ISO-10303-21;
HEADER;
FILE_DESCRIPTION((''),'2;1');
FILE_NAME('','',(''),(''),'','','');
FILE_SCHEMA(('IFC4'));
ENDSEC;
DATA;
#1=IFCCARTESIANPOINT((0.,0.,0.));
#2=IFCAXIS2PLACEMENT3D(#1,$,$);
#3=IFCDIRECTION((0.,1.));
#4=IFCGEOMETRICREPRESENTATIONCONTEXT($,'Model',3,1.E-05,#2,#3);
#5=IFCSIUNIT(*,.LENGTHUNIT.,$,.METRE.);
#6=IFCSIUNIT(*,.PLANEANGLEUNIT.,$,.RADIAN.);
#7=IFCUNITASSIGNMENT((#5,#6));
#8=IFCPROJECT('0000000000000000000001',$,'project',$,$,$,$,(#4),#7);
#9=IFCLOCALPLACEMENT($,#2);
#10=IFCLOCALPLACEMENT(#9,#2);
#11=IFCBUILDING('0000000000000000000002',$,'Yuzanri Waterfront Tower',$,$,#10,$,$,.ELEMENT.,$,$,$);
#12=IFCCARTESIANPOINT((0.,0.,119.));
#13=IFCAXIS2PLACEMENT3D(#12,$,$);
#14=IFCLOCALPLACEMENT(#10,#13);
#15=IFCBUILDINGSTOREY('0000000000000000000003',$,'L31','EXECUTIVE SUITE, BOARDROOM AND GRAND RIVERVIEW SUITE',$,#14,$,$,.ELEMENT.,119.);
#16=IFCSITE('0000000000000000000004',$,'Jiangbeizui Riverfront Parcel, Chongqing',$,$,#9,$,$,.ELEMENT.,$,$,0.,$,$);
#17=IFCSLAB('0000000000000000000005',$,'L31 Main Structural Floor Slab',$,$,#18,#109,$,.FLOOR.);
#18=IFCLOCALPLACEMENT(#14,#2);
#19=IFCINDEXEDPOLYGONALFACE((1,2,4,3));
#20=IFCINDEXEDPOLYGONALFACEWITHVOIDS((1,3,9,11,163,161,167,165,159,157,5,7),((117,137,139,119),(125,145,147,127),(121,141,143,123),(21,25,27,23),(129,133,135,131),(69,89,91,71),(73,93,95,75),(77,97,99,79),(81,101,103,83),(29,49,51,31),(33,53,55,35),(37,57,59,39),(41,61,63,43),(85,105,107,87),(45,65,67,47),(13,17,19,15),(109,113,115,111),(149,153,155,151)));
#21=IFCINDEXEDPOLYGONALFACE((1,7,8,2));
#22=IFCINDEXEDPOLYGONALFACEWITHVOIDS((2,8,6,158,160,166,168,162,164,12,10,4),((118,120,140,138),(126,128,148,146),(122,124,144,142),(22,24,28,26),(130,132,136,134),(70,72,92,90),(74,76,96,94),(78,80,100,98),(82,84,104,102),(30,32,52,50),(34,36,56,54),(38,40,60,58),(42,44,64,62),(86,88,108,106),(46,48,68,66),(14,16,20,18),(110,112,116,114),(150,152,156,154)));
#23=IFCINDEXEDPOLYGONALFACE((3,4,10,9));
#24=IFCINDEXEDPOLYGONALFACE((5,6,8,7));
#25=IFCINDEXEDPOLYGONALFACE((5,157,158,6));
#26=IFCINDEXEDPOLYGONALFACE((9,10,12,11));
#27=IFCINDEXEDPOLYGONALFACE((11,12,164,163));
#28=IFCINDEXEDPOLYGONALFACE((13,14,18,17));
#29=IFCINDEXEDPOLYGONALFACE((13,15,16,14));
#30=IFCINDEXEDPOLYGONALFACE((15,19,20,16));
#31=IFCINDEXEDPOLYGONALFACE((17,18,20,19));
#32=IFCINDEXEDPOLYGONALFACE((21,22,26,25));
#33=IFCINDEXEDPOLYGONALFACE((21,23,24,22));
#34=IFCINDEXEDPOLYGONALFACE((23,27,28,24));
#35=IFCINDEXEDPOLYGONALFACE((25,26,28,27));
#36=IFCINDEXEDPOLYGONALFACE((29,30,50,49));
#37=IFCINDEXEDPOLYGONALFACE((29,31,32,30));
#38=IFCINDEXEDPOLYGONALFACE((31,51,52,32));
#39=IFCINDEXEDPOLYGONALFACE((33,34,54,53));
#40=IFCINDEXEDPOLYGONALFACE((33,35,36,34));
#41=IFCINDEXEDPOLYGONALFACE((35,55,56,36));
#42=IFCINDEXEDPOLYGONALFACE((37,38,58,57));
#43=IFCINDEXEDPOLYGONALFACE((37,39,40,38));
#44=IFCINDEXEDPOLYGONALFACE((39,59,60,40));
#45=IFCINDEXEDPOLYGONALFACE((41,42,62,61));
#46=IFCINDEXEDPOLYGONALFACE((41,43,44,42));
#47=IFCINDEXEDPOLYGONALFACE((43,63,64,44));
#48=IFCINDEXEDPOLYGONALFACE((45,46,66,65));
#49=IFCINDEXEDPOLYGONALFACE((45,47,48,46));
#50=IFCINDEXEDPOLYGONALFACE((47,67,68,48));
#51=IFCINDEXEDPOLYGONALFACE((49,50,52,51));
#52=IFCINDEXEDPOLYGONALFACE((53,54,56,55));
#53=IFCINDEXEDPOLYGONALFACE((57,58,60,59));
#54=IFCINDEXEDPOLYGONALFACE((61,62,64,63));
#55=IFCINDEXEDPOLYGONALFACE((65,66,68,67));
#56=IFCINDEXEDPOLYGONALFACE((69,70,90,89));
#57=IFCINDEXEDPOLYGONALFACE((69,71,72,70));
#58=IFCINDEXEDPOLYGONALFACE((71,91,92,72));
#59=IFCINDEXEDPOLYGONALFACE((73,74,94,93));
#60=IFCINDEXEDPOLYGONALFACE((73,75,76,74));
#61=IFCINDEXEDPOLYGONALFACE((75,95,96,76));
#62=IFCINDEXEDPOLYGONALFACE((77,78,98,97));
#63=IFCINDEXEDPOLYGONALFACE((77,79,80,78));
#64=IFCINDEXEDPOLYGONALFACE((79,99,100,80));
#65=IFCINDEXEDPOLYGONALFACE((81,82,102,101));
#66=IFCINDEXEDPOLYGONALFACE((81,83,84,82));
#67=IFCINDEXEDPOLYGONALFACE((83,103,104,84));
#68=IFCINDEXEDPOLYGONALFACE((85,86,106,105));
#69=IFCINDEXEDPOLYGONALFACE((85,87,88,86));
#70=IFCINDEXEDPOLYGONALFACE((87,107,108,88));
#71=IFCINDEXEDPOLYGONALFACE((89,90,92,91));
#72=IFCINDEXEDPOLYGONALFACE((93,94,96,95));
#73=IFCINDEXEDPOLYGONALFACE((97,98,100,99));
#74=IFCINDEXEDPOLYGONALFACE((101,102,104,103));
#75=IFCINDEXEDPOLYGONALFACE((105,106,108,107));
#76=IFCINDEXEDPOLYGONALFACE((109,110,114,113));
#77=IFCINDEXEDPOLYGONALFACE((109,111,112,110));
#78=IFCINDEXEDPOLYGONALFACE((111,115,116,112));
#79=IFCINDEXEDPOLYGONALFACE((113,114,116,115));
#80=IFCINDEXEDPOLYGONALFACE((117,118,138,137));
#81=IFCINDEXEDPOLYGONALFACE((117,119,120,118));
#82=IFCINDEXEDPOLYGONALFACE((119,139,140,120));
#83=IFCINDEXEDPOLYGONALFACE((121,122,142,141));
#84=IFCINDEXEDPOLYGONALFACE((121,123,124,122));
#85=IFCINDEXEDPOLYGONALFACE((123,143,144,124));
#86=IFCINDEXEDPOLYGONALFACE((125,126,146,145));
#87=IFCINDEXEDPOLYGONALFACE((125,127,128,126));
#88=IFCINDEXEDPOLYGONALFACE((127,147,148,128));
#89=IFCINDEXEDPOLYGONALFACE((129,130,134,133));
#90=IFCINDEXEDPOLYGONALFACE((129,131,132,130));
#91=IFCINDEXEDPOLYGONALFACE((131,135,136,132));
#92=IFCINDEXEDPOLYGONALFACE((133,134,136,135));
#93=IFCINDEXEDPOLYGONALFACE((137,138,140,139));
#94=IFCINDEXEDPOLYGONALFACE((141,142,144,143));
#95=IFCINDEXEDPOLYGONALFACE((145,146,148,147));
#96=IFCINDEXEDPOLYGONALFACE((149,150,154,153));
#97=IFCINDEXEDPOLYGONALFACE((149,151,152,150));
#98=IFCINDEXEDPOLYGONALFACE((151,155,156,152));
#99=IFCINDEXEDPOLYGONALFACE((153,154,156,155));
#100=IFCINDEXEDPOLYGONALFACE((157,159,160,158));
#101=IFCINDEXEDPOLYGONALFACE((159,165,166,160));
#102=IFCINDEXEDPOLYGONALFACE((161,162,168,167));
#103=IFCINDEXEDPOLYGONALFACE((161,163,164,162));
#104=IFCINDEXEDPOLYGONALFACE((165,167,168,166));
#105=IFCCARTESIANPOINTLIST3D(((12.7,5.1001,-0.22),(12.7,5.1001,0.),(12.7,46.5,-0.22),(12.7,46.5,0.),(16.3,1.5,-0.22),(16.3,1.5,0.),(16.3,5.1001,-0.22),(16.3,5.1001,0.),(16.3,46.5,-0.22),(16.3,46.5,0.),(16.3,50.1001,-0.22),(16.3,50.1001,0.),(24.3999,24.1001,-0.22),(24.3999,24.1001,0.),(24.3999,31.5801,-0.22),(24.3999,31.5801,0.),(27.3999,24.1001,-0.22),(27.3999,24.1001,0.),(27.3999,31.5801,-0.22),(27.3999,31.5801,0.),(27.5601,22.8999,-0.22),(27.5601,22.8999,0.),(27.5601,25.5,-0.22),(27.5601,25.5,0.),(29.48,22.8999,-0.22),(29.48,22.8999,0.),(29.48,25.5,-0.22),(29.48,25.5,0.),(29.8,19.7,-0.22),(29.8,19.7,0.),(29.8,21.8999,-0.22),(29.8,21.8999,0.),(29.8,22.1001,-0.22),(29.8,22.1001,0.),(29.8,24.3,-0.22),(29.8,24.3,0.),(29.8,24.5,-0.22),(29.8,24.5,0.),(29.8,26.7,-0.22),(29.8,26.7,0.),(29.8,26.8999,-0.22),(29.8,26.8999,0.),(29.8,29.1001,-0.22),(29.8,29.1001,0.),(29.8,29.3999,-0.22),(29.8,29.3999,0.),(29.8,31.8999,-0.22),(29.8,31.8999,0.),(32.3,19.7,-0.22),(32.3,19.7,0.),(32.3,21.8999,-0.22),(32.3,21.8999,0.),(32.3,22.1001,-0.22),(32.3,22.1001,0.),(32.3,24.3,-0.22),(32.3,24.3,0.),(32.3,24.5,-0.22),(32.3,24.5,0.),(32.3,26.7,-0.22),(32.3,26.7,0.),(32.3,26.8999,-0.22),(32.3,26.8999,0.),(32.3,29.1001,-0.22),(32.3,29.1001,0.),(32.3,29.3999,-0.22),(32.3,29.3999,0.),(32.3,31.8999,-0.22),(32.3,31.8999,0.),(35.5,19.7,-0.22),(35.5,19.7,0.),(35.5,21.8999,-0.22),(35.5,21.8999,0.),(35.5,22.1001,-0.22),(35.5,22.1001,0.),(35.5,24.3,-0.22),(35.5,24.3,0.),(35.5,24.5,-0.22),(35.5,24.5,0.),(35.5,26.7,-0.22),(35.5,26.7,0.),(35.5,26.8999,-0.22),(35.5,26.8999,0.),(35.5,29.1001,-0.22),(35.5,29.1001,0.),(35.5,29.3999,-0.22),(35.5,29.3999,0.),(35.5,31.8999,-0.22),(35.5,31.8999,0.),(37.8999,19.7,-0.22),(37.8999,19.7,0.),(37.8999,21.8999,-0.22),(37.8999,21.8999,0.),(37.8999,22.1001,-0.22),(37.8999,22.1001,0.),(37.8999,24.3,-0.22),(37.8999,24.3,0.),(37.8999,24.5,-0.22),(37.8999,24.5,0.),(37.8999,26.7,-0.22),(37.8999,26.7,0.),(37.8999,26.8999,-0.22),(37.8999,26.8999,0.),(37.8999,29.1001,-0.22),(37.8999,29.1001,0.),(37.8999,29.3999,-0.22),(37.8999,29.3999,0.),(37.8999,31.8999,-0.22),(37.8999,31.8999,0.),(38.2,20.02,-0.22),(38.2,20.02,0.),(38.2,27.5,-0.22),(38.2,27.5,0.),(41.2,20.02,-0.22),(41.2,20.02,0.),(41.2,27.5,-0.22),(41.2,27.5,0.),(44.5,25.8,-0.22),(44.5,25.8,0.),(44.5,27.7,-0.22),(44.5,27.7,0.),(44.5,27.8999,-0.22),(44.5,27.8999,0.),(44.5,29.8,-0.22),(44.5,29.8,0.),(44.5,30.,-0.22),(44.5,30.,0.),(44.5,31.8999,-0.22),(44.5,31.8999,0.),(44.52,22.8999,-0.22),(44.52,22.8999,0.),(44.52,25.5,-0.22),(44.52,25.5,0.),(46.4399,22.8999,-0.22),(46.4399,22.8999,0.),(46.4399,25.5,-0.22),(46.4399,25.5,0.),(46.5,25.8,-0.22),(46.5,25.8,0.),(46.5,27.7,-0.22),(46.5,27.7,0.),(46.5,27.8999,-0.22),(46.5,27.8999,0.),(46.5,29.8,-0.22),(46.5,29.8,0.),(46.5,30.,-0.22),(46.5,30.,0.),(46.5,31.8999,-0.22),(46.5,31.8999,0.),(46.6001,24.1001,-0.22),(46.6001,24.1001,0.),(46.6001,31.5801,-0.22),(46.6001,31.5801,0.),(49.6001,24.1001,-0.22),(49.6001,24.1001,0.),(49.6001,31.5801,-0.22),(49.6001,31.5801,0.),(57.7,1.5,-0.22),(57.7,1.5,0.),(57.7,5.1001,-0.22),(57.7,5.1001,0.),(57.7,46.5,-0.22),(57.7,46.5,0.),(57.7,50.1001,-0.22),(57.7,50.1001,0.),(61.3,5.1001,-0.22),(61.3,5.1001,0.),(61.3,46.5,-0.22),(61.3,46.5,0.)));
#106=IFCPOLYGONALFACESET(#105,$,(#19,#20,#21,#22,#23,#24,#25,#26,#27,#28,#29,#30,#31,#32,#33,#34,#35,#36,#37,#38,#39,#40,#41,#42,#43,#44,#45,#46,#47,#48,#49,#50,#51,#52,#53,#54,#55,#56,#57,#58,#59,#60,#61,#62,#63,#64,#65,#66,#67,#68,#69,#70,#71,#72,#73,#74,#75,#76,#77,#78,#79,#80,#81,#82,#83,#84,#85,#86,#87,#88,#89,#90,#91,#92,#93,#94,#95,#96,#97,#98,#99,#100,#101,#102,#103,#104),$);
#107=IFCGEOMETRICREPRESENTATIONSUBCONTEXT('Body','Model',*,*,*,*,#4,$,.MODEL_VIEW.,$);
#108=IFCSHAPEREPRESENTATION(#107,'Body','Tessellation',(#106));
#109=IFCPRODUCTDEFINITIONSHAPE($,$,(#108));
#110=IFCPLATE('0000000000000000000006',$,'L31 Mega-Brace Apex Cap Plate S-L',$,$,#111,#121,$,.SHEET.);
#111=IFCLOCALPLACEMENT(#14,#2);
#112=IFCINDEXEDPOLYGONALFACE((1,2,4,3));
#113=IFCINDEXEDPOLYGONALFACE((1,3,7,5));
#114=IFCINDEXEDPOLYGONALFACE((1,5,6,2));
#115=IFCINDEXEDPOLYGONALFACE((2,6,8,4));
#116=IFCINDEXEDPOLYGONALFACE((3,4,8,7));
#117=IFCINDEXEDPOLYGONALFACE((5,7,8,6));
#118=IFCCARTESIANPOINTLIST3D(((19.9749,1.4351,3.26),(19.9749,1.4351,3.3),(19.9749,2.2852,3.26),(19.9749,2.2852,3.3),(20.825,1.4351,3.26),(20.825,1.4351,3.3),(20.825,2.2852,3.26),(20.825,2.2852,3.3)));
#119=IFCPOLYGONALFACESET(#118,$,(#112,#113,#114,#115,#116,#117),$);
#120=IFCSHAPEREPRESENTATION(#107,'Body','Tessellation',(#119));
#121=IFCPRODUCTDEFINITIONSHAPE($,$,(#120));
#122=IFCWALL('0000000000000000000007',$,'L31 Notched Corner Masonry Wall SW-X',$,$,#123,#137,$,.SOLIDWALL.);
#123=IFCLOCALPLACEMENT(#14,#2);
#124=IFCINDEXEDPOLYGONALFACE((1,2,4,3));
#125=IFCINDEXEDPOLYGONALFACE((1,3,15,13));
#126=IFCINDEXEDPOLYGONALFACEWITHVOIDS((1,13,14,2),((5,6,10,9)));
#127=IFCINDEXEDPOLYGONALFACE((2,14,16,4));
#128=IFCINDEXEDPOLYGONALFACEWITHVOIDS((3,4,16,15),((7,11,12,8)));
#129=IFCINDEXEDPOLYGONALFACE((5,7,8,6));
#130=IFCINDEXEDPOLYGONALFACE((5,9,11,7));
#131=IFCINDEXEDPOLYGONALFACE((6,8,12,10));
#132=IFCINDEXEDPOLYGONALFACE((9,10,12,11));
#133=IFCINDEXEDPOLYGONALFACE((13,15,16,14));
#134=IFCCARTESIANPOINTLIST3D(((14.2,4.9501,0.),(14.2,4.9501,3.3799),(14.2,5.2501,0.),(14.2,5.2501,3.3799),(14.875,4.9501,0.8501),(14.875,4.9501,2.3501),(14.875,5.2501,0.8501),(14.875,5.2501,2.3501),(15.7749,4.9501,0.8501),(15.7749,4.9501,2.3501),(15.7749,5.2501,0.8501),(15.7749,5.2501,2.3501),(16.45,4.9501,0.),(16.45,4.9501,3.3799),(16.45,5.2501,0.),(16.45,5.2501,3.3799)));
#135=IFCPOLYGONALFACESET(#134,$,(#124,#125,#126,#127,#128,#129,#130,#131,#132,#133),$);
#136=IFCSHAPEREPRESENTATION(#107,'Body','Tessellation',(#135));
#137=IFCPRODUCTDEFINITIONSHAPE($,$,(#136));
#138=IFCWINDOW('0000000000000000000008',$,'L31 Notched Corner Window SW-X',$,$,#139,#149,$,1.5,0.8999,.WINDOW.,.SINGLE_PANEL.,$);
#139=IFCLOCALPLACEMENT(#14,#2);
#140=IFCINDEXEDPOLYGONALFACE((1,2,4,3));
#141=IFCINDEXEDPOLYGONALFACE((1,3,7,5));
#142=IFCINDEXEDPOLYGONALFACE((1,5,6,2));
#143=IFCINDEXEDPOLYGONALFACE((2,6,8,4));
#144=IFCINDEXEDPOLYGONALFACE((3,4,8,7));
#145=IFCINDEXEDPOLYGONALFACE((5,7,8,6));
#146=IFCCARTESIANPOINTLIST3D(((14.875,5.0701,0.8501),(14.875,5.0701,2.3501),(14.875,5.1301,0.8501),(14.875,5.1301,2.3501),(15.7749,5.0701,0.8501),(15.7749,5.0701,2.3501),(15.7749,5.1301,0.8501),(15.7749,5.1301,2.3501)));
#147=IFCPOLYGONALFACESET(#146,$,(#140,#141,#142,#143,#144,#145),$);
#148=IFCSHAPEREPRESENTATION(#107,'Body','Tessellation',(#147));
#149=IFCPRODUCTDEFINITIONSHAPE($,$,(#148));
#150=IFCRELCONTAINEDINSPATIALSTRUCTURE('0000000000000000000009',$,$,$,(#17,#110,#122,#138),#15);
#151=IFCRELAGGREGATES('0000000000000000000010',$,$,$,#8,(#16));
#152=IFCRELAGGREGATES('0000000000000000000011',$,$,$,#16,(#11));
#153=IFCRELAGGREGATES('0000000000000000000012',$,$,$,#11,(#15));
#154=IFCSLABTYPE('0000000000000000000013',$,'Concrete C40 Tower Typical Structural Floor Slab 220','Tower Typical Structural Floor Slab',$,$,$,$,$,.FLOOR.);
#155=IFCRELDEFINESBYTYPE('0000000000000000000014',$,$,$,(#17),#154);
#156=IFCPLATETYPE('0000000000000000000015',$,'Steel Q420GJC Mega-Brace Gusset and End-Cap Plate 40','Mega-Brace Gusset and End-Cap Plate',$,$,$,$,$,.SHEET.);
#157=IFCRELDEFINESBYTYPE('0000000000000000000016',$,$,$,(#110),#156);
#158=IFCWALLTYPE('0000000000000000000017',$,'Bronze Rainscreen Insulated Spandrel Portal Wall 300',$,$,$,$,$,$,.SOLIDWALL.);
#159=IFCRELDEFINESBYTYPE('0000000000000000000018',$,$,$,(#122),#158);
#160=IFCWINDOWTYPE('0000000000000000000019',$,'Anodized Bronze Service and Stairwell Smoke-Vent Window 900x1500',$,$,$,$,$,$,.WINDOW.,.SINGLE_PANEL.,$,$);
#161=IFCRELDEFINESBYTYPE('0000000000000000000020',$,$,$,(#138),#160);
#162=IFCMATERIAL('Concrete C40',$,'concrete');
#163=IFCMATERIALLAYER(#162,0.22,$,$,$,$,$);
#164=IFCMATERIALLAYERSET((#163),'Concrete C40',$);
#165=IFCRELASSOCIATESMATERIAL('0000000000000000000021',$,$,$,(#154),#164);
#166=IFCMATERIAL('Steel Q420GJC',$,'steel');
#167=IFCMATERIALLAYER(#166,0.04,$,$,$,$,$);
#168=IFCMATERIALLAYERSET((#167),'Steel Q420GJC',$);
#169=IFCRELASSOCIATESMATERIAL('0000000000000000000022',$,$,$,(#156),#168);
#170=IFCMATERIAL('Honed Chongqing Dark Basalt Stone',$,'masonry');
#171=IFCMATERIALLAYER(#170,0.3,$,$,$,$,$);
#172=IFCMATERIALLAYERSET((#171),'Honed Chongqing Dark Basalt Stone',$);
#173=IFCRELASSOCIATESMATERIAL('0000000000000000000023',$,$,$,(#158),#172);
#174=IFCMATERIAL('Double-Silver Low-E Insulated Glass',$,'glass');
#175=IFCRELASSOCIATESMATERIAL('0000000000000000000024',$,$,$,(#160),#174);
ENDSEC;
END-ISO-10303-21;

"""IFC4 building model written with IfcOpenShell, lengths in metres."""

from ifc_helpers import new_model, si_unit, direction, frame, frame_2d, origin, origin_2d, place, context, subcontext, project, spatial, polyline, rectangle, outline, extrude, source, transform, mapped, material, layer, layer_set, type_object, element, fill, save


model = new_model("IFC4")

# Units and contexts
model_context = context("Model", 3, precision=1e-05, world=origin(), true_north=direction((0.0, 1.0)))
body_context = subcontext(model_context, "Body", "Model", "MODEL_VIEW")
ifc_project = project(units=[si_unit("LENGTHUNIT", "METRE"), si_unit("PLANEANGLEUNIT", "RADIAN")], contexts=[model_context])

# Site, building, storey
site_placement = place(None, origin())
site = spatial("IfcSite", under=ifc_project, at=site_placement, Name="Jiangbeizui Riverfront Parcel, Chongqing", CompositionType="ELEMENT", RefElevation=0.0)
building_placement = place(site_placement, origin())
building = spatial("IfcBuilding", under=site, at=building_placement, Name="Yuzanri Waterfront Tower", CompositionType="ELEMENT")
storey_placement = place(building_placement, frame((0.0, 0.0, 119.0)))
storey = spatial("IfcBuildingStorey", under=building, at=storey_placement, Name="L31", Description="EXECUTIVE SUITE, BOARDROOM AND GRAND RIVERVIEW SUITE", CompositionType="ELEMENT", Elevation=119.0)

# Slab
ifc_material_1 = material(Name="Concrete C40", Category="concrete")
ifc_layer_1 = layer(ifc_material_1, 0.22)
ifc_layer_set_1 = layer_set([ifc_layer_1], Name="Concrete C40")
slab_type_1 = type_object("IfcSlabType", Name="Concrete C40 Tower Typical Structural Floor Slab 220", Description="Tower Typical Structural Floor Slab", PredefinedType="FLOOR", material=ifc_layer_set_1)
slab_1_placement = place(storey_placement, frame((0.0, 0.0, -0.22)))
element("IfcSlab", 1, at=slab_1_placement, inside=storey, type_object=slab_type_1, Name="L31 Main Structural Floor Slab", PredefinedType="FLOOR", context=body_context, shape_type="SweptSolid", body=[
    extrude(outline(polyline([(16.3, 1.5), (57.7, 1.5), (57.7, 5.1001), (61.3, 5.1001), (61.3, 46.5), (57.7, 46.5), (57.7, 50.1001), (16.3, 50.1001), (16.3, 46.5), (12.7, 46.5), (12.7, 5.1001), (16.3, 5.1001), (16.3, 1.5)]), holes=[polyline([(27.3999, 24.1001), (27.3999, 31.5801), (24.3999, 31.5801), (24.3999, 24.1001), (27.3999, 24.1001)]), polyline([(49.6001, 24.1001), (49.6001, 31.5801), (46.6001, 31.5801), (46.6001, 24.1001), (49.6001, 24.1001)]), polyline([(38.2, 27.5), (38.2, 20.02), (41.2, 20.02), (41.2, 27.5), (38.2, 27.5)]), polyline([(27.5601, 22.8999), (29.48, 22.8999), (29.48, 25.5), (27.5601, 25.5), (27.5601, 22.8999)]), polyline([(44.52, 22.8999), (46.4399, 22.8999), (46.4399, 25.5), (44.52, 25.5), (44.52, 22.8999)]), polyline([(29.8, 19.7), (32.3, 19.7), (32.3, 21.8999), (29.8, 21.8999), (29.8, 19.7)]), polyline([(29.8, 22.1001), (32.3, 22.1001), (32.3, 24.3), (29.8, 24.3), (29.8, 22.1001)]), polyline([(29.8, 24.5), (32.3, 24.5), (32.3, 26.7), (29.8, 26.7), (29.8, 24.5)]), polyline([(29.8, 26.8999), (32.3, 26.8999), (32.3, 29.1001), (29.8, 29.1001), (29.8, 26.8999)]), polyline([(29.8, 29.3999), (32.3, 29.3999), (32.3, 31.8999), (29.8, 31.8999), (29.8, 29.3999)]), polyline([(35.5, 19.7), (37.8999, 19.7), (37.8999, 21.8999), (35.5, 21.8999), (35.5, 19.7)]), polyline([(35.5, 22.1001), (37.8999, 22.1001), (37.8999, 24.3), (35.5, 24.3), (35.5, 22.1001)]), polyline([(35.5, 24.5), (37.8999, 24.5), (37.8999, 26.7), (35.5, 26.7), (35.5, 24.5)]), polyline([(35.5, 26.8999), (37.8999, 26.8999), (37.8999, 29.1001), (35.5, 29.1001), (35.5, 26.8999)]), polyline([(35.5, 29.3999), (37.8999, 29.3999), (37.8999, 31.8999), (35.5, 31.8999), (35.5, 29.3999)]), polyline([(44.5, 25.8), (46.5, 25.8), (46.5, 27.7), (44.5, 27.7), (44.5, 25.8)]), polyline([(44.5, 27.8999), (46.5, 27.8999), (46.5, 29.8), (44.5, 29.8), (44.5, 27.8999)]), polyline([(44.5, 30.0), (46.5, 30.0), (46.5, 31.8999), (44.5, 31.8999), (44.5, 30.0)])]), origin(), (0.0, 0.0, 1.0), 0.22),
])

# Plate
ifc_material_2 = material(Name="Steel Q420GJC", Category="steel")
ifc_layer_2 = layer(ifc_material_2, 0.04)
ifc_layer_set_2 = layer_set([ifc_layer_2], Name="Steel Q420GJC")
plate_type = type_object("IfcPlateType", Name="Steel Q420GJC Mega-Brace Gusset and End-Cap Plate 40", Description="Mega-Brace Gusset and End-Cap Plate", PredefinedType="SHEET", material=ifc_layer_set_2)
shared_shape_1 = source(origin(), body_context, "Body", "SweptSolid", [
    extrude(rectangle(XDim=0.8501, YDim=0.8501, at=origin_2d()), origin(), (0.0, 0.0, 1.0), 0.04),
])
plate_placement = place(storey_placement, frame((20.3999, 1.8601, 3.26), z_axis=(0.0, 0.0, 1.0), x_axis=(1.0, 0.0, 0.0)))
element("IfcPlate", 2, at=plate_placement, inside=storey, type_object=plate_type, Name="L31 Mega-Brace Apex Cap Plate S-L", PredefinedType="SHEET", context=body_context, shape_type="MappedRepresentation", body=[
    mapped(shared_shape_1, transform((0.0, 0.0, 0.0), scale=1.0)),
])

# Wall, opening, window
ifc_material_3 = material(Name="Honed Chongqing Dark Basalt Stone", Category="masonry")
ifc_layer_3 = layer(ifc_material_3, 0.3)
ifc_layer_set_3 = layer_set([ifc_layer_3], Name="Honed Chongqing Dark Basalt Stone")
wall_type_1 = type_object("IfcWallType", Name="Bronze Rainscreen Insulated Spandrel Portal Wall 300", PredefinedType="SOLIDWALL", material=ifc_layer_set_3)
wall_1_placement = place(storey_placement, frame((14.2, 5.1001, 0.0), z_axis=(0.0, 0.0, 1.0), x_axis=(1.0, 0.0, 0.0)))
wall_1 = element("IfcWall", 3, at=wall_1_placement, inside=storey, type_object=wall_type_1, Name="L31 Notched Corner Masonry Wall SW-X", PredefinedType="SOLIDWALL", context=body_context, shape_type="SweptSolid", body=[
    extrude(rectangle(XDim=2.25, YDim=0.3, at=frame_2d((1.125, 0.0))), origin(), (0.0, 0.0, 1.0), 3.3799),
])
opening_1_placement = place(wall_1_placement, frame((0.675, 0.0, 0.8501)))
opening_1 = element("IfcOpeningElement", 4, at=opening_1_placement, cuts=wall_1, PredefinedType="OPENING", context=body_context, shape_type="SweptSolid", body=[
    extrude(rectangle(XDim=0.8999, YDim=1.5, at=frame_2d((0.45, 0.75))), frame((0.0, 0.165, 0.0), z_axis=(0.0, -1.0, 0.0), x_axis=(1.0, 0.0, 0.0)), (0.0, 0.0, 1.0), 0.3298),
])
ifc_material_4 = material(Name="Double-Silver Low-E Insulated Glass", Category="glass")
window_type_1 = type_object("IfcWindowType", Name="Anodized Bronze Service and Stairwell Smoke-Vent Window 900x1500", PartitioningType="SINGLE_PANEL", PredefinedType="WINDOW", material=ifc_material_4)
shared_shape_2 = source(origin(), body_context, "Body", "SweptSolid", [
    extrude(rectangle(XDim=0.8999, YDim=1.5, at=frame_2d((0.45, 0.75))), frame((0.0, 0.03, 0.0), z_axis=(0.0, -1.0, 0.0), x_axis=(1.0, 0.0, 0.0)), (0.0, 0.0, 1.0), 0.0601),
])
window_1_placement = place(opening_1_placement, origin())
window_1 = element("IfcWindow", 5, at=window_1_placement, inside=storey, type_object=window_type_1, Name="L31 Notched Corner Window SW-X", OverallHeight=1.5, OverallWidth=0.8999, PartitioningType="SINGLE_PANEL", PredefinedType="WINDOW", context=body_context, shape_type="MappedRepresentation", body=[
    mapped(shared_shape_2, transform((0.0, 0.0, 0.0), scale=1.0)),
])
fill(opening_1, window_1)

save(model, "model.ifc")
